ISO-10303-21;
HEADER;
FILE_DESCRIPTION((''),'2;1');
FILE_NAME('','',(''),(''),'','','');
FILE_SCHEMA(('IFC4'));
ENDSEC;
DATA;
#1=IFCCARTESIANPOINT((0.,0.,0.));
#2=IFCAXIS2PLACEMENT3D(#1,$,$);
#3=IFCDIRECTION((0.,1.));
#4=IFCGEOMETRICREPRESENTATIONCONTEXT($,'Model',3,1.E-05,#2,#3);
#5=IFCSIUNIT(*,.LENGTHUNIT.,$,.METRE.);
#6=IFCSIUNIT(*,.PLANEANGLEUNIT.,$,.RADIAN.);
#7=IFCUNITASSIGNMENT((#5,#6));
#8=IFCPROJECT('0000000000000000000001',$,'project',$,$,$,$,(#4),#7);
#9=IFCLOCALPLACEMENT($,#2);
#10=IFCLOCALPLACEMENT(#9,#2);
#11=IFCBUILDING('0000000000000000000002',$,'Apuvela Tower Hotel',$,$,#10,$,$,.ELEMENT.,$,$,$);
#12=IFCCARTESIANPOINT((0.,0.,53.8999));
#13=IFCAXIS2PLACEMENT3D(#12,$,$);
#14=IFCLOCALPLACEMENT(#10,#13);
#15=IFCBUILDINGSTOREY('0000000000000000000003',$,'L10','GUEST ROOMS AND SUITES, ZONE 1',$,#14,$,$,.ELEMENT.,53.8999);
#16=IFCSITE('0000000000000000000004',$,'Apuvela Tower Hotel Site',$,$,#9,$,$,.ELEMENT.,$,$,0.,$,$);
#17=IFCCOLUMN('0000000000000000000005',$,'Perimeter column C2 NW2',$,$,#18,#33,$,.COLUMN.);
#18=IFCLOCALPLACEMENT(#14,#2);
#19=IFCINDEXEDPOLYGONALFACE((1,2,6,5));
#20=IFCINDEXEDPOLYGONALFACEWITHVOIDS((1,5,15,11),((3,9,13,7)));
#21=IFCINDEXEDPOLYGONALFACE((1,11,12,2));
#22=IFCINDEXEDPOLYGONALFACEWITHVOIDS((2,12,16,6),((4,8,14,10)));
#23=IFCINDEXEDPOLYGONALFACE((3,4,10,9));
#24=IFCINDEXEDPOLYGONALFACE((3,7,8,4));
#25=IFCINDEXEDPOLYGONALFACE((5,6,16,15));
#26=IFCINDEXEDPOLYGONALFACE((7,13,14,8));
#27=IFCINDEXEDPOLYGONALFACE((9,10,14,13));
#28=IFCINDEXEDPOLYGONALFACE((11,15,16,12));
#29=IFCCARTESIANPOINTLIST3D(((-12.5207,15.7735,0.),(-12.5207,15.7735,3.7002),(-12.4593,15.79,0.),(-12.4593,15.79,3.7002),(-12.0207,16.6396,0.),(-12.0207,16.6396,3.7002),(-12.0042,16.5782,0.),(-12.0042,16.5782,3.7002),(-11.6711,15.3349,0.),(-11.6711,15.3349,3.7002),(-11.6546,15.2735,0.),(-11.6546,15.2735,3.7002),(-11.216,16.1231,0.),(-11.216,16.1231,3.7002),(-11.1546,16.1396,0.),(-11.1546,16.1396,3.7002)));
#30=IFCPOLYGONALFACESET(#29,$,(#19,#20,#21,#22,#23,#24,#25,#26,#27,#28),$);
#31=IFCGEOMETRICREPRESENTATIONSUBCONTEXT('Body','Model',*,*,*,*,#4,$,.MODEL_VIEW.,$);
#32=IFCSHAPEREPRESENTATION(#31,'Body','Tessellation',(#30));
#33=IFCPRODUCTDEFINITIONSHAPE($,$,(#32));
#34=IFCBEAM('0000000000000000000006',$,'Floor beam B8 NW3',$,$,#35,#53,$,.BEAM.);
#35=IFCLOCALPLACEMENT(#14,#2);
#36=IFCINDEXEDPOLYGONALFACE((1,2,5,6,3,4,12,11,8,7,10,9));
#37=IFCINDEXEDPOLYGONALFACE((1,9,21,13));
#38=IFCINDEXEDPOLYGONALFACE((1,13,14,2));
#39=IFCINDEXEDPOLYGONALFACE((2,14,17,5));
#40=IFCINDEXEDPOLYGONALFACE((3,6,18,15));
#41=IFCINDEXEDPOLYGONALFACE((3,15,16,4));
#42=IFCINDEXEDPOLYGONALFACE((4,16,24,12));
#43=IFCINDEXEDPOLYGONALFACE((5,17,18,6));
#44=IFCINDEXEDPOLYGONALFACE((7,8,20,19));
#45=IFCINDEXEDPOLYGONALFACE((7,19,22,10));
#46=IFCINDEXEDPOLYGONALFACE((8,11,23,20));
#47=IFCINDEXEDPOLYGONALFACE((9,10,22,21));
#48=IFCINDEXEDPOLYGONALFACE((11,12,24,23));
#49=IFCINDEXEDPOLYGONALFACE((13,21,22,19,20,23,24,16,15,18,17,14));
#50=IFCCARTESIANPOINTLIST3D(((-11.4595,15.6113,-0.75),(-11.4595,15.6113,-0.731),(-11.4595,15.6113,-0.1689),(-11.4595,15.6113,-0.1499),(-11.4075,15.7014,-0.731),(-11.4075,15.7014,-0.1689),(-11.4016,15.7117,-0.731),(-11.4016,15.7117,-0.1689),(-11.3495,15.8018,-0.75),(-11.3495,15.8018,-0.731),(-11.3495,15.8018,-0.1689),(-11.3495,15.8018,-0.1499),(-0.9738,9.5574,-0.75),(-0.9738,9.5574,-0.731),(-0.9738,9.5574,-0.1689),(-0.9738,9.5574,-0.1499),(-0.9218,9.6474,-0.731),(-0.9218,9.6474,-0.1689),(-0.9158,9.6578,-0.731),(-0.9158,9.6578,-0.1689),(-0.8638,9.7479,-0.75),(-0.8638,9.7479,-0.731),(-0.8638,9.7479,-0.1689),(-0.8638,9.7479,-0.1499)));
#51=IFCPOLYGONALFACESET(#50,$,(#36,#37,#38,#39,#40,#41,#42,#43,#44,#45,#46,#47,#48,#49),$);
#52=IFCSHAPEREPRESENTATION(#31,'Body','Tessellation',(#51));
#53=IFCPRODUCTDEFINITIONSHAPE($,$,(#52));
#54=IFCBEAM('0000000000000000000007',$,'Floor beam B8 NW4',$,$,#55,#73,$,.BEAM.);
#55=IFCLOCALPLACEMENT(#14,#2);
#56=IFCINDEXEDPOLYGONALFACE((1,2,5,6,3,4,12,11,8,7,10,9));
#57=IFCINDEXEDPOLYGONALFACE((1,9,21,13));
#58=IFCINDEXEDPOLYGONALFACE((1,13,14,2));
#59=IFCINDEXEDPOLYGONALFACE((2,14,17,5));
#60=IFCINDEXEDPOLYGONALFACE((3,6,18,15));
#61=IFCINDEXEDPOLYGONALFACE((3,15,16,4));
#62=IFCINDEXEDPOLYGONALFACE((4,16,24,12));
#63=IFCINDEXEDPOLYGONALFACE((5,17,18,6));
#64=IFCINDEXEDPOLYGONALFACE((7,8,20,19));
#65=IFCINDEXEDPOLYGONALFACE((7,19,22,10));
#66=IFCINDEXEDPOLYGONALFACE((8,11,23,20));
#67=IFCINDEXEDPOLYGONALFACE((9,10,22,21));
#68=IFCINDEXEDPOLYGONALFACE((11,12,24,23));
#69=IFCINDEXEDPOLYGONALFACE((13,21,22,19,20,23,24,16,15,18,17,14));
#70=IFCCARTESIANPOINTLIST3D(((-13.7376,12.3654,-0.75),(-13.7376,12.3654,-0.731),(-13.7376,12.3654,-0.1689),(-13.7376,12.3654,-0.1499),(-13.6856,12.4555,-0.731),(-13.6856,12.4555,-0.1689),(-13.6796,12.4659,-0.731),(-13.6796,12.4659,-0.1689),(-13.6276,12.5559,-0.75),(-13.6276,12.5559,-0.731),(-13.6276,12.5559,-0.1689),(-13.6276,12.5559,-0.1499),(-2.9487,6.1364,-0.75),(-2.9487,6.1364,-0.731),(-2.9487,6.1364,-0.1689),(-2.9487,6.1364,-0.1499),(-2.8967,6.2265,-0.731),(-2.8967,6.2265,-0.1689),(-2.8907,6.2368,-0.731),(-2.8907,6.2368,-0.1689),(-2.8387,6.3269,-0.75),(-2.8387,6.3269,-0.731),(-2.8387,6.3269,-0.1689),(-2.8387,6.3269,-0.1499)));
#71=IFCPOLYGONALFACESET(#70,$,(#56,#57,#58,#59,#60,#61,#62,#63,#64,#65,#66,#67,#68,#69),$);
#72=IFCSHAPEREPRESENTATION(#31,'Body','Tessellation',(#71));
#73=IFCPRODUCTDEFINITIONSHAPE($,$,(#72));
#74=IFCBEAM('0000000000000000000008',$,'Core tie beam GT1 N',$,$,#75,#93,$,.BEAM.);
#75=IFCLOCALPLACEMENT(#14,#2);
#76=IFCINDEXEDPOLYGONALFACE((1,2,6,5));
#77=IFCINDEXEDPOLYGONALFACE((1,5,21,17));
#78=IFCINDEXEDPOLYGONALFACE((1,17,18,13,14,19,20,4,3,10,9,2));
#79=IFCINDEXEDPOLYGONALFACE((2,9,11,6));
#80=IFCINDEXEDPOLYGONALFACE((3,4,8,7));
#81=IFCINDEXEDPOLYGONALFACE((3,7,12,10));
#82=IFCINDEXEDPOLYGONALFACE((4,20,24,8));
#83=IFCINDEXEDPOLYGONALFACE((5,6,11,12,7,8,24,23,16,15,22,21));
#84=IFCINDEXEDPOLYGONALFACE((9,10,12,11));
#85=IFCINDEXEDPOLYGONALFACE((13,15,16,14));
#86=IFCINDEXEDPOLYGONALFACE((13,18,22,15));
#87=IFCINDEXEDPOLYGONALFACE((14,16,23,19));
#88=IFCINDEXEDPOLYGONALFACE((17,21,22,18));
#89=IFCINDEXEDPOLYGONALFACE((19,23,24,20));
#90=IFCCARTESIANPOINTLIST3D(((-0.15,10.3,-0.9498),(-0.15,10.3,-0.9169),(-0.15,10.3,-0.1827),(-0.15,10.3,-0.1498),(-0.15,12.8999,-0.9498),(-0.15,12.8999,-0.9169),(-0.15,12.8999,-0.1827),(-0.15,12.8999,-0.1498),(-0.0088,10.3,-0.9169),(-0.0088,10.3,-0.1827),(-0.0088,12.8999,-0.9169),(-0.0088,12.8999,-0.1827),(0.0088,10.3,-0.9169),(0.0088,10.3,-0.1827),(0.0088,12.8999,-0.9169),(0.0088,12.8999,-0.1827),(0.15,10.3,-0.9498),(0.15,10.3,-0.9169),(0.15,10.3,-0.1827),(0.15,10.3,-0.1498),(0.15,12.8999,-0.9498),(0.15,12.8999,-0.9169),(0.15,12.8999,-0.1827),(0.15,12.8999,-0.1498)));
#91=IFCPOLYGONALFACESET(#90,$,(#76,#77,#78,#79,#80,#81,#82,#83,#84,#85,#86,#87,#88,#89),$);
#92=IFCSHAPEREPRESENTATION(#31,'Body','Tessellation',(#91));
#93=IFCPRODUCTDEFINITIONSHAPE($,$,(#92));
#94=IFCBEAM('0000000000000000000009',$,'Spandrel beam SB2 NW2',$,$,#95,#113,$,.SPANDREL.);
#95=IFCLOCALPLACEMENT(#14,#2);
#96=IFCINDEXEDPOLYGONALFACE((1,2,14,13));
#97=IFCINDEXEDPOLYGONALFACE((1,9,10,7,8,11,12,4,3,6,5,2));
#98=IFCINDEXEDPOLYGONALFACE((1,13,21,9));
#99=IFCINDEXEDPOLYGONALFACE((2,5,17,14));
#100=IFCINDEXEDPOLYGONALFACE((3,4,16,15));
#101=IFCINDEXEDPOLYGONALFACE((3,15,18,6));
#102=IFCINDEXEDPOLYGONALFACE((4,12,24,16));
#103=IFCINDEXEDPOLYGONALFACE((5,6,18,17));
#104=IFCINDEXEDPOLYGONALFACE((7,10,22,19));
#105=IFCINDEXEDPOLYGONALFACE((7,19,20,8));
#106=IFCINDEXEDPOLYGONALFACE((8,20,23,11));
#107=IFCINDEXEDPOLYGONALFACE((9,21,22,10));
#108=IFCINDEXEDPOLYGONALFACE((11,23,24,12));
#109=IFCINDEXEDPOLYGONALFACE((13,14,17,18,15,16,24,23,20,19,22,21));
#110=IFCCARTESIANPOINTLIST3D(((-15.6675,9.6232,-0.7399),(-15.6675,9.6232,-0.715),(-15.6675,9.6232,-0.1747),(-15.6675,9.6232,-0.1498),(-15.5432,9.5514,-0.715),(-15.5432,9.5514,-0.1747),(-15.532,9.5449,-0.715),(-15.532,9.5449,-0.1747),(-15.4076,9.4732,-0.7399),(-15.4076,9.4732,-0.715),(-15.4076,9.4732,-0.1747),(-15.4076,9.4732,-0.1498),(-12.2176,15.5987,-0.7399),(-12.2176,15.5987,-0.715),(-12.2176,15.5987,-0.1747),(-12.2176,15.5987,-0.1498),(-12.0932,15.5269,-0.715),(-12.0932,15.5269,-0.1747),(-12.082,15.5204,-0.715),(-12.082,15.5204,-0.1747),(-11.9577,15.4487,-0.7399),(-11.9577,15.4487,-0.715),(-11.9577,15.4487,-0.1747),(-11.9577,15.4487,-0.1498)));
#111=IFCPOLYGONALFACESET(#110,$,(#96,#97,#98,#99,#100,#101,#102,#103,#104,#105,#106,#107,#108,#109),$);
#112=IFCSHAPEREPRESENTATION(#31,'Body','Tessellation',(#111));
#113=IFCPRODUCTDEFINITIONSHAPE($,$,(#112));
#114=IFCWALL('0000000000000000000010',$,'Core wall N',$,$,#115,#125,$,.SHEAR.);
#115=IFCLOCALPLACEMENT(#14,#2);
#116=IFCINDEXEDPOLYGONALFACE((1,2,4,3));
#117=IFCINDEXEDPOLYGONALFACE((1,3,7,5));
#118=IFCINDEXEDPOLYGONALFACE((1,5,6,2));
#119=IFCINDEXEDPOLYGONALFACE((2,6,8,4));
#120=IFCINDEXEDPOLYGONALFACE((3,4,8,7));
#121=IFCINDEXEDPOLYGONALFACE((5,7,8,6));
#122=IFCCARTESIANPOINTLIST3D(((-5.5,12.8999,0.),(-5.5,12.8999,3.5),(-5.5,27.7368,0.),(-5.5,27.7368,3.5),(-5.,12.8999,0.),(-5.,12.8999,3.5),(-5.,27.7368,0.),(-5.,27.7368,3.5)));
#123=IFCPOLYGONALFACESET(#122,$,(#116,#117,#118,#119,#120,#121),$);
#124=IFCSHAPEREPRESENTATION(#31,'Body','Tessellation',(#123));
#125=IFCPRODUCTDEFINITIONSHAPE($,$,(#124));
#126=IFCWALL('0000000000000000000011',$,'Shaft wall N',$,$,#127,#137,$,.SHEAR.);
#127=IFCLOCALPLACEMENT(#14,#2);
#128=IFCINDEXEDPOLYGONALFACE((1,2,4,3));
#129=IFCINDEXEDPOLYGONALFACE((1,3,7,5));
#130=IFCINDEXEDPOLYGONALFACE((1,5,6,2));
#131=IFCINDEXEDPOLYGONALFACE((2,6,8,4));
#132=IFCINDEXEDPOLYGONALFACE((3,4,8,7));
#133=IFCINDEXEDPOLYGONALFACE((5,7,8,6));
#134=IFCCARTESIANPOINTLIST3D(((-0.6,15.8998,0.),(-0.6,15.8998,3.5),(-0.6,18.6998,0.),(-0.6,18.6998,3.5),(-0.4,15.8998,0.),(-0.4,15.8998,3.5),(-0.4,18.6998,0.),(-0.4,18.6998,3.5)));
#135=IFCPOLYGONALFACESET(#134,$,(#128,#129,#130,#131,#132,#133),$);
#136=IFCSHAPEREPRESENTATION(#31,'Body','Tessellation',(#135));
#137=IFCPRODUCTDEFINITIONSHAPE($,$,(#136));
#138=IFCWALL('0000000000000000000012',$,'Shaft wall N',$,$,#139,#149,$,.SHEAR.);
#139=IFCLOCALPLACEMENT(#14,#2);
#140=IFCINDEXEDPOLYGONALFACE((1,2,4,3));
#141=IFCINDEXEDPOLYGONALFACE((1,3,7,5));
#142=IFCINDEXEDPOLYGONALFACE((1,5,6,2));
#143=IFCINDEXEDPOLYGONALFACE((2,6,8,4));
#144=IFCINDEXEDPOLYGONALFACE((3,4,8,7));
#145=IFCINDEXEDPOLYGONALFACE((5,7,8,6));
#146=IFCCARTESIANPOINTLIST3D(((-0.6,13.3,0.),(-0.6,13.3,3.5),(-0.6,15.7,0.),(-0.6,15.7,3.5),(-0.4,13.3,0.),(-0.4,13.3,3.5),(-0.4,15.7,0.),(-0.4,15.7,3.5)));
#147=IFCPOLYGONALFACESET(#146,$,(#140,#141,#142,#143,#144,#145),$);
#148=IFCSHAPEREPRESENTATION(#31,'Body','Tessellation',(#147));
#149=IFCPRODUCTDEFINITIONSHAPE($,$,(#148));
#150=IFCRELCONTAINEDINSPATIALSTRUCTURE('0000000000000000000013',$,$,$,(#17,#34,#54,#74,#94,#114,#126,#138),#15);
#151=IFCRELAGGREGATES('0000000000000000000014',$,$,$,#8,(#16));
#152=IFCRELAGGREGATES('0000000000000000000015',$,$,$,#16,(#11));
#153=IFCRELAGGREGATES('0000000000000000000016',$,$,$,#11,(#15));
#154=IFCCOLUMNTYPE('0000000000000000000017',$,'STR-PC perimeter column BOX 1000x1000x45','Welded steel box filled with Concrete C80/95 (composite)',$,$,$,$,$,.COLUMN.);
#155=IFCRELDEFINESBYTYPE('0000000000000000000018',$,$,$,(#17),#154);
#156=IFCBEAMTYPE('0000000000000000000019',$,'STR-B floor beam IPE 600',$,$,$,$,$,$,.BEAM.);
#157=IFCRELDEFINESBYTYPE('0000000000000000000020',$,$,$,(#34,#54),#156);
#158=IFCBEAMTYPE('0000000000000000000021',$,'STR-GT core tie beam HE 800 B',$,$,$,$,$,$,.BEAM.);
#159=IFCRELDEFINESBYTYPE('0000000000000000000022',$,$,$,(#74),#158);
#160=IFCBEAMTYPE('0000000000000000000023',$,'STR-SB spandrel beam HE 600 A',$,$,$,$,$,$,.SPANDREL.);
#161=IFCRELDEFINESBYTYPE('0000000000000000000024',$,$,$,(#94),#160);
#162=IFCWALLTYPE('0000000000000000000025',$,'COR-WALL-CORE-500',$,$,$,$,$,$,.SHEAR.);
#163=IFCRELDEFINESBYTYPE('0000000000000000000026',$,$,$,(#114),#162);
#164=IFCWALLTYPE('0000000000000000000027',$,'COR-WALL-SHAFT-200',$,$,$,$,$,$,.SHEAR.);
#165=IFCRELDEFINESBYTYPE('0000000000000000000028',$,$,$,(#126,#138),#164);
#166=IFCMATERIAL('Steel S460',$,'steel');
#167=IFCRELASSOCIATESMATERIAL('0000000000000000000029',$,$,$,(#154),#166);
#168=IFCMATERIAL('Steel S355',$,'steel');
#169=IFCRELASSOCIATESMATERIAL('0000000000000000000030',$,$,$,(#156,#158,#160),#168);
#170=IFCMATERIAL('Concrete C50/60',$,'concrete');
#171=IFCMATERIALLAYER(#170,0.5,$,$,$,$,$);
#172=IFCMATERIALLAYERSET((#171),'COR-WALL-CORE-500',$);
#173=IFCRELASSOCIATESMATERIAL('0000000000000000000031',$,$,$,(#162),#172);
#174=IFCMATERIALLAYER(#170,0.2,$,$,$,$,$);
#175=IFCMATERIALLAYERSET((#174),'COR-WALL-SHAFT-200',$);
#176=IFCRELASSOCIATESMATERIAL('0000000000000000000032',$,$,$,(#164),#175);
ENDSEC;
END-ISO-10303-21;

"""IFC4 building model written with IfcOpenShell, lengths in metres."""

from ifc_helpers import new_model, si_unit, direction, frame, frame_2d, origin, origin_2d, place, context, subcontext, project, spatial, rectangle, hollow_rectangle, i_section, extrude, material, layer, layer_set, material_profile, profile_set, type_object, element, save


model = new_model("IFC4")

# Units and contexts
model_context = context("Model", 3, precision=1e-05, world=origin(), true_north=direction((0.0, 1.0)))
body_context = subcontext(model_context, "Body", "Model", "MODEL_VIEW")
ifc_project = project(units=[si_unit("LENGTHUNIT", "METRE"), si_unit("PLANEANGLEUNIT", "RADIAN")], contexts=[model_context])

# Site, building, storey
site_placement = place(None, origin())
site = spatial("IfcSite", under=ifc_project, at=site_placement, Name="Apuvela Tower Hotel Site", CompositionType="ELEMENT", RefElevation=0.0)
building_placement = place(site_placement, origin())
building = spatial("IfcBuilding", under=site, at=building_placement, Name="Apuvela Tower Hotel", CompositionType="ELEMENT")
storey_placement = place(building_placement, frame((0.0, 0.0, 53.8999)))
storey = spatial("IfcBuildingStorey", under=building, at=storey_placement, Name="L10", Description="GUEST ROOMS AND SUITES, ZONE 1", CompositionType="ELEMENT", Elevation=53.8999)

# Column
ifc_material_1 = material(Name="Steel S460", Category="steel")
ifc_material_profile_1 = material_profile(ifc_material_1, hollow_rectangle(XDim=1.0, YDim=1.0, WallThickness=0.0449, at=origin_2d()), Name="BOX 1000x1000x45")
ifc_material_2 = material(Name="Concrete C80/95", Category="concrete")
ifc_material_profile_2 = material_profile(ifc_material_2, rectangle(XDim=0.9099, YDim=0.9099, at=origin_2d()), Name="Concrete C80/95 infill")
ifc_profile_set_1 = profile_set([ifc_material_profile_1, ifc_material_profile_2], Name="Steel S460")
column_type = type_object("IfcColumnType", Name="STR-PC perimeter column BOX 1000x1000x45", Description="Welded steel box filled with Concrete C80/95 (composite)", PredefinedType="COLUMN", material=ifc_profile_set_1)
column_placement = place(storey_placement, frame((-11.8376, 15.9565, 0.0), z_axis=(0.0, 0.0, 1.0), x_axis=(0.5, 0.866025, 0.0)))
element("IfcColumn", 1, at=column_placement, inside=storey, type_object=column_type, Name="Perimeter column C2 NW2", PredefinedType="COLUMN", context=body_context, shape_type="SweptSolid", body=[
    extrude(hollow_rectangle(XDim=1.0, YDim=1.0, WallThickness=0.0449, at=origin_2d()), origin(), (0.0, 0.0, 1.0), 3.7002),
])

# Beams
ifc_material_3 = material(Name="Steel S355", Category="steel")
ifc_material_profile_3 = material_profile(ifc_material_3, i_section(OverallWidth=0.22, OverallDepth=0.6001, WebThickness=0.012, FlangeThickness=0.019, at=origin_2d()), Name="IPE 600")
ifc_profile_set_2 = profile_set([ifc_material_profile_3], Name="Steel S355")
beam_type_1 = type_object("IfcBeamType", Name="STR-B floor beam IPE 600", PredefinedType="BEAM", material=ifc_profile_set_2)
beam_1_placement = place(storey_placement, frame((-11.4045, 15.7065, -0.45), z_axis=(0.866027, -0.499997, 0.0), x_axis=(0.499997, 0.866027, 0.0)))
element("IfcBeam", 2, at=beam_1_placement, inside=storey, type_object=beam_type_1, Name="Floor beam B8 NW3", PredefinedType="BEAM", context=body_context, shape_type="SweptSolid", body=[
    extrude(i_section(OverallWidth=0.22, OverallDepth=0.6001, WebThickness=0.012, FlangeThickness=0.019, at=origin_2d()), origin(), (0.0, 0.0, 1.0), 12.1079),
])
beam_2_placement = place(storey_placement, frame((-13.6826, 12.4607, -0.45), z_axis=(0.866023, -0.500005, 0.0), x_axis=(0.500005, 0.866023, 0.0)))
element("IfcBeam", 3, at=beam_2_placement, inside=storey, type_object=beam_type_1, Name="Floor beam B8 NW4", PredefinedType="BEAM", context=body_context, shape_type="SweptSolid", body=[
    extrude(i_section(OverallWidth=0.22, OverallDepth=0.6001, WebThickness=0.012, FlangeThickness=0.019, at=origin_2d()), origin(), (0.0, 0.0, 1.0), 12.458),
])
ifc_material_profile_4 = material_profile(ifc_material_3, i_section(OverallWidth=0.3, OverallDepth=0.8, WebThickness=0.0176, FlangeThickness=0.033, at=origin_2d()), Name="HE 800 B")
ifc_profile_set_3 = profile_set([ifc_material_profile_4], Name="Steel S355")
beam_type_2 = type_object("IfcBeamType", Name="STR-GT core tie beam HE 800 B", PredefinedType="BEAM", material=ifc_profile_set_3)
beam_3_placement = place(storey_placement, frame((0.0, 12.8999, -0.5498), z_axis=(0.0, -1.0, 0.0), x_axis=(1.0, 0.0, 0.0)))
element("IfcBeam", 4, at=beam_3_placement, inside=storey, type_object=beam_type_2, Name="Core tie beam GT1 N", PredefinedType="BEAM", context=body_context, shape_type="SweptSolid", body=[
    extrude(i_section(OverallWidth=0.3, OverallDepth=0.8, WebThickness=0.0176, FlangeThickness=0.033, at=origin_2d()), origin(), (0.0, 0.0, 1.0), 2.5999),
])
ifc_material_profile_5 = material_profile(ifc_material_3, i_section(OverallWidth=0.3, OverallDepth=0.5901, WebThickness=0.0129, FlangeThickness=0.0249, at=origin_2d()), Name="HE 600 A")
ifc_profile_set_4 = profile_set([ifc_material_profile_5], Name="Steel S355")
beam_type_3 = type_object("IfcBeamType", Name="STR-SB spandrel beam HE 600 A", PredefinedType="SPANDREL", material=ifc_profile_set_4)
beam_4_placement = place(storey_placement, frame((-12.0876, 15.5237, -0.4448), z_axis=(-0.499994, -0.866029, 0.0), x_axis=(0.866029, -0.499994, 0.0)))
element("IfcBeam", 5, at=beam_4_placement, inside=storey, type_object=beam_type_3, Name="Spandrel beam SB2 NW2", PredefinedType="SPANDREL", context=body_context, shape_type="SweptSolid", body=[
    extrude(i_section(OverallWidth=0.3, OverallDepth=0.5901, WebThickness=0.0129, FlangeThickness=0.0249, at=origin_2d()), origin(), (0.0, 0.0, 1.0), 6.8999),
])

# Walls
ifc_material_4 = material(Name="Concrete C50/60", Category="concrete")
ifc_layer_1 = layer(ifc_material_4, 0.5)
ifc_layer_set_1 = layer_set([ifc_layer_1], Name="COR-WALL-CORE-500")
wall_type_1 = type_object("IfcWallType", Name="COR-WALL-CORE-500", PredefinedType="SHEAR", material=ifc_layer_set_1)
wall_1_placement = place(storey_placement, frame((-5.25, 12.8999, 0.0), z_axis=(0.0, 0.0, 1.0), x_axis=(0.0, 1.0, 0.0)))
element("IfcWall", 6, at=wall_1_placement, inside=storey, type_object=wall_type_1, Name="Core wall N", PredefinedType="SHEAR", context=body_context, shape_type="SweptSolid", body=[
    extrude(rectangle(XDim=14.8369, YDim=0.5, at=frame_2d((7.4185, 0.0))), origin(), (0.0, 0.0, 1.0), 3.5),
])
ifc_layer_2 = layer(ifc_material_4, 0.2)
ifc_layer_set_2 = layer_set([ifc_layer_2], Name="COR-WALL-SHAFT-200")
wall_type_2 = type_object("IfcWallType", Name="COR-WALL-SHAFT-200", PredefinedType="SHEAR", material=ifc_layer_set_2)
wall_2_placement = place(storey_placement, frame((-0.5, 15.8999, 0.0), z_axis=(0.0, 0.0, 1.0), x_axis=(0.0, 1.0, 0.0)))
element("IfcWall", 7, at=wall_2_placement, inside=storey, type_object=wall_type_2, Name="Shaft wall N", PredefinedType="SHEAR", context=body_context, shape_type="SweptSolid", body=[
    extrude(rectangle(XDim=2.8, YDim=0.2, at=frame_2d((1.3999, 0.0))), origin(), (0.0, 0.0, 1.0), 3.5),
])
wall_3_placement = place(storey_placement, frame((-0.5, 13.3, 0.0), z_axis=(0.0, 0.0, 1.0), x_axis=(0.0, 1.0, 0.0)))
element("IfcWall", 8, at=wall_3_placement, inside=storey, type_object=wall_type_2, Name="Shaft wall N", PredefinedType="SHEAR", context=body_context, shape_type="SweptSolid", body=[
    extrude(rectangle(XDim=2.3999, YDim=0.2, at=frame_2d((1.2, 0.0))), origin(), (0.0, 0.0, 1.0), 3.5),
])

save(model, "model.ifc")
